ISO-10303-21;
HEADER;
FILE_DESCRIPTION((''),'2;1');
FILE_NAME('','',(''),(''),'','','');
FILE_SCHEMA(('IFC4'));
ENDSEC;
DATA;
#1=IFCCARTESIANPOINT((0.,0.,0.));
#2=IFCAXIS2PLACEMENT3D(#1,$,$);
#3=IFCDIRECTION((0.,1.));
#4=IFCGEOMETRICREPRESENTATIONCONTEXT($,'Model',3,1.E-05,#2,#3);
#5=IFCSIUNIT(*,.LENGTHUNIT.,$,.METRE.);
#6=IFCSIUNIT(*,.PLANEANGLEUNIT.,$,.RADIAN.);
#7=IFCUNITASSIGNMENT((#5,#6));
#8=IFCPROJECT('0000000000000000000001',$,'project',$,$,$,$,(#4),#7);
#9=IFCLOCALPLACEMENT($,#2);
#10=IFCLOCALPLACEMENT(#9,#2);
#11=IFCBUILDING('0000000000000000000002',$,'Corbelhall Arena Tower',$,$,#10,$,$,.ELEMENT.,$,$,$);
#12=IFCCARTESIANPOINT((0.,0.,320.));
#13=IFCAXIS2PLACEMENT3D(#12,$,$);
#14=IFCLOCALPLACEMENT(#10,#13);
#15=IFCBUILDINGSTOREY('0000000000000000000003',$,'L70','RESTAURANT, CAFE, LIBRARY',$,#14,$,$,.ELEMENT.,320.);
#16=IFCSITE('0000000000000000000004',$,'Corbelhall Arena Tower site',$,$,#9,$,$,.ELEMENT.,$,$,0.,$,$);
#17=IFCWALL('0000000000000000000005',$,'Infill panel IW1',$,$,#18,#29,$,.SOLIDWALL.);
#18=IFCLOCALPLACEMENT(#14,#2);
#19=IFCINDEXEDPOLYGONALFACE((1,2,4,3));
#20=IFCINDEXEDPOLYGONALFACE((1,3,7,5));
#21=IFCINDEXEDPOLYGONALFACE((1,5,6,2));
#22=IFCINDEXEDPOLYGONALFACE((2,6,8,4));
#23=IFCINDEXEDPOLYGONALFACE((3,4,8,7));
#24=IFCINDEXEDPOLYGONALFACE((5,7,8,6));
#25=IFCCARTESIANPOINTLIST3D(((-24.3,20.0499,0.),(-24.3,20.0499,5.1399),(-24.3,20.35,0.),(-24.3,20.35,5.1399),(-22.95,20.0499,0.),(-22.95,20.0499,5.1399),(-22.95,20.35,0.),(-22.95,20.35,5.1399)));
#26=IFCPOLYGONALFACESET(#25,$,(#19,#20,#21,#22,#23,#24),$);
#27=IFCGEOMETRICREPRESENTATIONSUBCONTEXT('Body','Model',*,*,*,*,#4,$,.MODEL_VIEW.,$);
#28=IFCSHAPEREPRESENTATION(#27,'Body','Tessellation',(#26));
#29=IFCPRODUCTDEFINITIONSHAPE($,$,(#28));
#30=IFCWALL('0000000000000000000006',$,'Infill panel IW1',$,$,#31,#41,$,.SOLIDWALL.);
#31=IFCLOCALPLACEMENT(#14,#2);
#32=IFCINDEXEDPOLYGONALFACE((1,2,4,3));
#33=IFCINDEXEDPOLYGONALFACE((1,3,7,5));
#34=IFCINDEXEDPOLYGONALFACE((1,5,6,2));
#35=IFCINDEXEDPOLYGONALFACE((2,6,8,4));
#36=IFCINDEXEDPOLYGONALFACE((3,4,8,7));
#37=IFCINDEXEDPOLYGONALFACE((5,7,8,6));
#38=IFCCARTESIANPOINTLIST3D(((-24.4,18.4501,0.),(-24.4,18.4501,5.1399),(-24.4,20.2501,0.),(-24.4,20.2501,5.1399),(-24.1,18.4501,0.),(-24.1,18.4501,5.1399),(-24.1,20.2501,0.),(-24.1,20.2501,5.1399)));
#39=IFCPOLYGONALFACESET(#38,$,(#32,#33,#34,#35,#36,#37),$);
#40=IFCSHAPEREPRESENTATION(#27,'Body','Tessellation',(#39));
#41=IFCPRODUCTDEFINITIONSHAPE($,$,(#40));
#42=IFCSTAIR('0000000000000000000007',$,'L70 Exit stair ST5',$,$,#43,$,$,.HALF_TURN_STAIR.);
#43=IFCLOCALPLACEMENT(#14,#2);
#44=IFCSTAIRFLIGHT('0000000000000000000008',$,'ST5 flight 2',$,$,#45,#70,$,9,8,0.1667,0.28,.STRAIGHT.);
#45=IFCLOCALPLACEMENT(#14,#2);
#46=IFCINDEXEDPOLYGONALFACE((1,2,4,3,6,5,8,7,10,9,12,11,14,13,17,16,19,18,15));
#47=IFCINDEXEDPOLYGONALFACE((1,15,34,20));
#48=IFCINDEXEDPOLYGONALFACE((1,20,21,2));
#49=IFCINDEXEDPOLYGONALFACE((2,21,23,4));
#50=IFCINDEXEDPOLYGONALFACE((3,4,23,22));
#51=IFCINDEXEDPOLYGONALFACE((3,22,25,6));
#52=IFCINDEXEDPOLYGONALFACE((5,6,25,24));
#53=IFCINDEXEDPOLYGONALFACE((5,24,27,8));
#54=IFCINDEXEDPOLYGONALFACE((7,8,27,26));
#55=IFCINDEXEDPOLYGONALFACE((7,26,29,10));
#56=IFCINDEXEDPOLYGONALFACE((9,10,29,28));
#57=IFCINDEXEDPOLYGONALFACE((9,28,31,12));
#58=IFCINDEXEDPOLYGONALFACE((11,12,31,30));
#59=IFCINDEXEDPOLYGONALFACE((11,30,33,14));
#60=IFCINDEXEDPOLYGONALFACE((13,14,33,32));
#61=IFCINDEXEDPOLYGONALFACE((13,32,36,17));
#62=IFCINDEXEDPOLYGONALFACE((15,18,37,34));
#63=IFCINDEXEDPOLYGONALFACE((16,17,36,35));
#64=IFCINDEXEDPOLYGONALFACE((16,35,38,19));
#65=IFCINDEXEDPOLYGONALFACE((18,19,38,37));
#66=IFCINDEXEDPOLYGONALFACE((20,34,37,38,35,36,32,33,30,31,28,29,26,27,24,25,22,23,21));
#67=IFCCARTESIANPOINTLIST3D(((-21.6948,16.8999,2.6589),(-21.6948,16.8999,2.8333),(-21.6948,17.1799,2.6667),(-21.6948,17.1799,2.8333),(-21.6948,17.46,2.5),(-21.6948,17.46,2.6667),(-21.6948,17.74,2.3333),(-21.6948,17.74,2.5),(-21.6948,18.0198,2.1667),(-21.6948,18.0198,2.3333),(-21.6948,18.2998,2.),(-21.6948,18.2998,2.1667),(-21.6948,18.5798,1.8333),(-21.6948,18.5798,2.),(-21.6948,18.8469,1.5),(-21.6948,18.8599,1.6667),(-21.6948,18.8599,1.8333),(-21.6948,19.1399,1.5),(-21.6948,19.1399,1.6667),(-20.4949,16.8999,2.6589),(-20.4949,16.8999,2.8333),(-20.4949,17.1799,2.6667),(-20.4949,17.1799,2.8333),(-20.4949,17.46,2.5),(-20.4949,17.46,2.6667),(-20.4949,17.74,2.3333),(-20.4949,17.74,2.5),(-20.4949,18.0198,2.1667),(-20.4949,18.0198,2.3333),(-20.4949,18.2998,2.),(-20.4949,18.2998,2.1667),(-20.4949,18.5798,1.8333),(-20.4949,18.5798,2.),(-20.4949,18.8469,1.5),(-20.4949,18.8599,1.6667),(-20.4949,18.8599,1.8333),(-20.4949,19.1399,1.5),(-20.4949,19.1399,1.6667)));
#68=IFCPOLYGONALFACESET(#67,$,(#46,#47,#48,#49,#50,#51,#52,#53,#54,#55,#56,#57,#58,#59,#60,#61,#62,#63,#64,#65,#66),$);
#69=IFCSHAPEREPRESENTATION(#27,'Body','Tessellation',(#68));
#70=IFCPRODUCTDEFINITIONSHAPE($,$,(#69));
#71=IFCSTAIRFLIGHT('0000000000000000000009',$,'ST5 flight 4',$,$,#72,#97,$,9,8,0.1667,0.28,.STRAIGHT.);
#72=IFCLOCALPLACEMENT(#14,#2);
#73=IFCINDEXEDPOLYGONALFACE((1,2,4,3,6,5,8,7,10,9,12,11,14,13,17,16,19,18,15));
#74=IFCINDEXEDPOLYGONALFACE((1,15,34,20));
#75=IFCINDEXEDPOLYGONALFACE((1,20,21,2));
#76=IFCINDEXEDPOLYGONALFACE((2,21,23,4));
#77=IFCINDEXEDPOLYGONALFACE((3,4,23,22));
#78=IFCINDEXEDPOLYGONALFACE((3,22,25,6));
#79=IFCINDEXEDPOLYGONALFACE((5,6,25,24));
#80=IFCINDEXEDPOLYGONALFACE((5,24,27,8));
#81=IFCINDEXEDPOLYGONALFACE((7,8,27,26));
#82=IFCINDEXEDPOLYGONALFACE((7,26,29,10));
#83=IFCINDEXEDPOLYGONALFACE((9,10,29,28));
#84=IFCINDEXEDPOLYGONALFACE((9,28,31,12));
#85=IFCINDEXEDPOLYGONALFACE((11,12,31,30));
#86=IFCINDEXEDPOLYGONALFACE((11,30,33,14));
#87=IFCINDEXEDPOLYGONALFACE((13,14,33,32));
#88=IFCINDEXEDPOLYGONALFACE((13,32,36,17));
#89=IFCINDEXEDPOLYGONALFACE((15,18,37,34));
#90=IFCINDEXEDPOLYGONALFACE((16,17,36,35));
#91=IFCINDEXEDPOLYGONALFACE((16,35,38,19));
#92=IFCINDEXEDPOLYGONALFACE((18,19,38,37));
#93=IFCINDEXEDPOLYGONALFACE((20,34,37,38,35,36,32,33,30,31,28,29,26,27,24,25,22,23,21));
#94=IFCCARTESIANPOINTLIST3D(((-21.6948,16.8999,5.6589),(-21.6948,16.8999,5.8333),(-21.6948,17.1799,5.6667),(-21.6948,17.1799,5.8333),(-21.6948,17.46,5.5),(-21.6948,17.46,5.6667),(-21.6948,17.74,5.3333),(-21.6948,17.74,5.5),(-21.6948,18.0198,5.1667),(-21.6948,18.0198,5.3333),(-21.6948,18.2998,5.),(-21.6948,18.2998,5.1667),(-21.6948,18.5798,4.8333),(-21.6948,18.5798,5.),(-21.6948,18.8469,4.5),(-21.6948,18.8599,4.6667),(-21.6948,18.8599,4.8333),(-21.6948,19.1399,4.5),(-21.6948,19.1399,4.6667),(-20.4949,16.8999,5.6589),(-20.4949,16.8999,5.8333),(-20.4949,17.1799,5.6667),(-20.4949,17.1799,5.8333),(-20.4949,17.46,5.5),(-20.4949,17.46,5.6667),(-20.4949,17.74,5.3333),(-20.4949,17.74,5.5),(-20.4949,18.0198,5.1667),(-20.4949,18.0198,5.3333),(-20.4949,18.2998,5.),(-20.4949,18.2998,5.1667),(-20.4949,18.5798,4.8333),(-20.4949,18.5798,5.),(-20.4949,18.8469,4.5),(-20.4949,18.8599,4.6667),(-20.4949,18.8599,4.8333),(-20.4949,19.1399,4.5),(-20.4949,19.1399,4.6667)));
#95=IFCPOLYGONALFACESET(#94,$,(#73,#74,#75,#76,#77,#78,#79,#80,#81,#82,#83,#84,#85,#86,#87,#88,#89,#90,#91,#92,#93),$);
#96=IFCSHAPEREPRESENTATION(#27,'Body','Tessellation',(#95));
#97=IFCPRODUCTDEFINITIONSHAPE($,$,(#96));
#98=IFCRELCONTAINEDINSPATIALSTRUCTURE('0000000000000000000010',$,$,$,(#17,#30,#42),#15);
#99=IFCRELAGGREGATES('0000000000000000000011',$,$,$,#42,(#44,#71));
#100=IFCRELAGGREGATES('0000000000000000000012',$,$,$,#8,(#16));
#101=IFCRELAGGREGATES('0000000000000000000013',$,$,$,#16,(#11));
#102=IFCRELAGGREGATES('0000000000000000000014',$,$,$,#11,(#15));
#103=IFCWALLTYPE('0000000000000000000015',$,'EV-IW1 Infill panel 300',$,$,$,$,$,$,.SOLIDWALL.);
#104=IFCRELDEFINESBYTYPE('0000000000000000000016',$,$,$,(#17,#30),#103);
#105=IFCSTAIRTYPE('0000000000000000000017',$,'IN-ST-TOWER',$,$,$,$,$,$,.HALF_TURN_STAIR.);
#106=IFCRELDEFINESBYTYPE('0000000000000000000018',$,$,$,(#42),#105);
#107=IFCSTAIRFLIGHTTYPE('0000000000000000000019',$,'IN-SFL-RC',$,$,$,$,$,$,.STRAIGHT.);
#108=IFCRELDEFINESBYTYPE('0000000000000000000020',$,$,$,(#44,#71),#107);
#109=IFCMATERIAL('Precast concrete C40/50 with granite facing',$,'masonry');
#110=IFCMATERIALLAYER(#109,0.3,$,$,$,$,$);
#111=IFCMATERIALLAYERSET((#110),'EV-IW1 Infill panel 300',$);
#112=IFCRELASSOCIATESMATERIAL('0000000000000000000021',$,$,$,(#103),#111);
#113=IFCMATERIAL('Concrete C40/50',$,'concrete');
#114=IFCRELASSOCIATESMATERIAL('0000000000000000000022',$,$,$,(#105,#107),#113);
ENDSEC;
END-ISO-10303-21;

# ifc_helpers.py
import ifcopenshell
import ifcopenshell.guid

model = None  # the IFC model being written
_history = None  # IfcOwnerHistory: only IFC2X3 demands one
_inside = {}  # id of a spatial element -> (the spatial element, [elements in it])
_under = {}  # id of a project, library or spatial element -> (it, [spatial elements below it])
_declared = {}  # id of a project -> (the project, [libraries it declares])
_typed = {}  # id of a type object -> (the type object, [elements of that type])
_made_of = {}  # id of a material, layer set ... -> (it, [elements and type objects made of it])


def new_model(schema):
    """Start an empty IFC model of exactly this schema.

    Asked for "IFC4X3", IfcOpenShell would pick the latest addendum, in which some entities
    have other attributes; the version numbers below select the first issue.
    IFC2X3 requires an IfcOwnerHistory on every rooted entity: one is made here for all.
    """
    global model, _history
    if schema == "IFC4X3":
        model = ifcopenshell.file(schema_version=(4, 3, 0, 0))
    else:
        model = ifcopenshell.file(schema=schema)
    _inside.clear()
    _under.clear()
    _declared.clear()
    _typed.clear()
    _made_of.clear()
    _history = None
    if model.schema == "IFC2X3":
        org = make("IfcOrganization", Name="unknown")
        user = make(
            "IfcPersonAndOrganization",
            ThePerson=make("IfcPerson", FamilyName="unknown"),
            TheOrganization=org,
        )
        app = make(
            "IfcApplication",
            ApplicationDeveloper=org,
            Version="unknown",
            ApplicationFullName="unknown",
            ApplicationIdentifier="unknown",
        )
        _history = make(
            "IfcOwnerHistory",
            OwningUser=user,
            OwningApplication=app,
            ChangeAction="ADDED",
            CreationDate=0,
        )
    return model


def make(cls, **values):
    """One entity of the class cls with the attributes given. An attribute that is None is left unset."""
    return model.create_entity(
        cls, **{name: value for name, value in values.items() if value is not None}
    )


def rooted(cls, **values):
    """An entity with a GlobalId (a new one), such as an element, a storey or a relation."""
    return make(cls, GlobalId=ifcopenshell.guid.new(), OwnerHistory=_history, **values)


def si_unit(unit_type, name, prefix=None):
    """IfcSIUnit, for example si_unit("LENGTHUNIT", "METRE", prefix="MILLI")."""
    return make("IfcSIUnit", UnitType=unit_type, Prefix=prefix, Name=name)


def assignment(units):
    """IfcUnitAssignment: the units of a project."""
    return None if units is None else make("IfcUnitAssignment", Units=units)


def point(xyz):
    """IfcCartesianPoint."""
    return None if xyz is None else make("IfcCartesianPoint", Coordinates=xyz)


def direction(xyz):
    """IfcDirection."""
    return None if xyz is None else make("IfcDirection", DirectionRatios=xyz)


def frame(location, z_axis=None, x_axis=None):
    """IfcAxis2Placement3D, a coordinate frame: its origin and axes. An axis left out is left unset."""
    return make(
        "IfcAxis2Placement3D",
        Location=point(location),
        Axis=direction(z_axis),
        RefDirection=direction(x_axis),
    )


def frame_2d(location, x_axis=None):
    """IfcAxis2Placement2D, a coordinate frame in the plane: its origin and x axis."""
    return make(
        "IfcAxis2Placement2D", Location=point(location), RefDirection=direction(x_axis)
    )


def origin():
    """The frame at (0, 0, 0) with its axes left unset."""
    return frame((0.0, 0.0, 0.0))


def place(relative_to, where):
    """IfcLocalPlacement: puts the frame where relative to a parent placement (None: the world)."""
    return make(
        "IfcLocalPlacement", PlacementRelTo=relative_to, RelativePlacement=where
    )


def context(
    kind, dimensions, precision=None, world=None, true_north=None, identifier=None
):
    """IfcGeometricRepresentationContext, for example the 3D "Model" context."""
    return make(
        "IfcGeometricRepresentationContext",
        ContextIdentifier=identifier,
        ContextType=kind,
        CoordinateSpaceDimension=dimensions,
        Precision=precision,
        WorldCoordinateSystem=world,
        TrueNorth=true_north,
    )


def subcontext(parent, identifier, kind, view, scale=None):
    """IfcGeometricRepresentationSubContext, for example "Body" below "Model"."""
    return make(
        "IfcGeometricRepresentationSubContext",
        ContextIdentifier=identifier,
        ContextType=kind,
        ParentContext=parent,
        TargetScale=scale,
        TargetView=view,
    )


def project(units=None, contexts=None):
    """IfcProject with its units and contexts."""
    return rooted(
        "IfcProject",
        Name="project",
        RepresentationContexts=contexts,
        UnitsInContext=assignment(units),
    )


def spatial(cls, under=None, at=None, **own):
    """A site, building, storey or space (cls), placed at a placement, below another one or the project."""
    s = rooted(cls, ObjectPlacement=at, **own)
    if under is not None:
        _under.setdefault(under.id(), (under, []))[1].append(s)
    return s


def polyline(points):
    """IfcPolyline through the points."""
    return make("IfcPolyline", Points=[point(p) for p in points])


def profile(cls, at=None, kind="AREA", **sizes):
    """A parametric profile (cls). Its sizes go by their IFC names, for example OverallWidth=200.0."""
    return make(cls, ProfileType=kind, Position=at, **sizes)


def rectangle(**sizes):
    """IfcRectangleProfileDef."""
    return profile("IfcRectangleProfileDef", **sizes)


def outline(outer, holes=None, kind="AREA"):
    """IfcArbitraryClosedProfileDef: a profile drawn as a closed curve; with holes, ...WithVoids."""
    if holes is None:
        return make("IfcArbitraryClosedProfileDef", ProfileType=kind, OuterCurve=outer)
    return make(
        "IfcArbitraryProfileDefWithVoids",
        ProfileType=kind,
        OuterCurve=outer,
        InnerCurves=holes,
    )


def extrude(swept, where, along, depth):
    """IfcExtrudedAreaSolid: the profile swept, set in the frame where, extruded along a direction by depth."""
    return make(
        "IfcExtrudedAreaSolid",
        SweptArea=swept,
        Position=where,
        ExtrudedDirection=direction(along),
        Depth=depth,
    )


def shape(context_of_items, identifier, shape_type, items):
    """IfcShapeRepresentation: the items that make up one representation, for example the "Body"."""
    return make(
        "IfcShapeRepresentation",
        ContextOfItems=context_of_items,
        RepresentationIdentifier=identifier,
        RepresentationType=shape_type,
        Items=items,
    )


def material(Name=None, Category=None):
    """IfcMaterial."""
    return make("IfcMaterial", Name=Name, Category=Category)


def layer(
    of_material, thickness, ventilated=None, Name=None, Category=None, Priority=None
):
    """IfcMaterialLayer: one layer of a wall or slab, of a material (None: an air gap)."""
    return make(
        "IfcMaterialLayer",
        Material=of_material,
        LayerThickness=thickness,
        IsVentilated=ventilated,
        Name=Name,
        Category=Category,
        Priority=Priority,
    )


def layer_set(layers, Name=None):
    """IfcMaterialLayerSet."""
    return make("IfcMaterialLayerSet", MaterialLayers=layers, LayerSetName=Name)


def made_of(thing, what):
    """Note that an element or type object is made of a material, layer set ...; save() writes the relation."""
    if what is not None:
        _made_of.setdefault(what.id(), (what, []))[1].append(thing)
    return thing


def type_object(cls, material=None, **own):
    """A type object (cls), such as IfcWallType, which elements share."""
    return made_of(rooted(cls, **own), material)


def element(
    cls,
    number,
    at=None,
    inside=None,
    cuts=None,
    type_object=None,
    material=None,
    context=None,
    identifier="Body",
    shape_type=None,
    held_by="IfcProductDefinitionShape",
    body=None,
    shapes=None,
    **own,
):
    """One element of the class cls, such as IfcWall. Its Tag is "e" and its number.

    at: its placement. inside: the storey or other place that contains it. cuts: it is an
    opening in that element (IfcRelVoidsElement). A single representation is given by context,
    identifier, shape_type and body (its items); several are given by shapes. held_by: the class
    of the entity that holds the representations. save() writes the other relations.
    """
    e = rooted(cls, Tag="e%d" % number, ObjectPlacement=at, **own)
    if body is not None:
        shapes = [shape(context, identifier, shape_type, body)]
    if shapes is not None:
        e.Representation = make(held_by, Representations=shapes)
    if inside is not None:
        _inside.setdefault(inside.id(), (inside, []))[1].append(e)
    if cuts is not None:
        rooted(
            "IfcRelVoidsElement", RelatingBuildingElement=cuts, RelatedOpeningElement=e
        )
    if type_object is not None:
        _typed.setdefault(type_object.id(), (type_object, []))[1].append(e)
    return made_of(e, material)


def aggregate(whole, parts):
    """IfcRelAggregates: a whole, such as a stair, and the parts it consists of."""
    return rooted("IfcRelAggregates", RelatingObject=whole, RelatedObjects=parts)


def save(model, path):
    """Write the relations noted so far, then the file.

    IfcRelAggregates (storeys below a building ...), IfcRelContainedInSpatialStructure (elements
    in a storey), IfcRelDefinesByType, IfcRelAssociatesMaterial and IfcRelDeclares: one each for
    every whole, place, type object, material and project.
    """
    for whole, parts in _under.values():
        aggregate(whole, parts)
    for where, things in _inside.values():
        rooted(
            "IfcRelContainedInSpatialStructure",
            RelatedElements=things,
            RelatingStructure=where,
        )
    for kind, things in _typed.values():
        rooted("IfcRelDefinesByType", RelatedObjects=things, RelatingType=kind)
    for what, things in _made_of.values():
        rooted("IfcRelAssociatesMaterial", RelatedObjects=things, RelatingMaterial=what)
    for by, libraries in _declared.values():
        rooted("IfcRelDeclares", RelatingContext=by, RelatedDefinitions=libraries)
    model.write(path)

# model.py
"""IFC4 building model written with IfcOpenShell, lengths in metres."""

from ifc_helpers import new_model, si_unit, direction, frame, frame_2d, origin, place, context, subcontext, project, spatial, polyline, rectangle, outline, extrude, material, layer, layer_set, type_object, element, aggregate, save


model = new_model("IFC4")

# Units and contexts
model_context = context("Model", 3, precision=1e-05, world=origin(), true_north=direction((0.0, 1.0)))
body_context = subcontext(model_context, "Body", "Model", "MODEL_VIEW")
ifc_project = project(units=[si_unit("LENGTHUNIT", "METRE"), si_unit("PLANEANGLEUNIT", "RADIAN")], contexts=[model_context])

# Site, building, storey
site_placement = place(None, origin())
site = spatial("IfcSite", under=ifc_project, at=site_placement, Name="Corbelhall Arena Tower site", CompositionType="ELEMENT", RefElevation=0.0)
building_placement = place(site_placement, origin())
building = spatial("IfcBuilding", under=site, at=building_placement, Name="Corbelhall Arena Tower", CompositionType="ELEMENT")
storey_placement = place(building_placement, frame((0.0, 0.0, 320.0)))
storey = spatial("IfcBuildingStorey", under=building, at=storey_placement, Name="L70", Description="RESTAURANT, CAFE, LIBRARY", CompositionType="ELEMENT", Elevation=320.0)

# Walls
ifc_material_1 = material(Name="Precast concrete C40/50 with granite facing", Category="masonry")
ifc_layer_1 = layer(ifc_material_1, 0.3)
ifc_layer_set_1 = layer_set([ifc_layer_1], Name="EV-IW1 Infill panel 300")
wall_type_1 = type_object("IfcWallType", Name="EV-IW1 Infill panel 300", PredefinedType="SOLIDWALL", material=ifc_layer_set_1)
wall_1_placement = place(storey_placement, frame((-22.95, 20.2, 0.0), z_axis=(0.0, 0.0, 1.0), x_axis=(-1.0, 0.0, 0.0)))
element("IfcWall", 1, at=wall_1_placement, inside=storey, type_object=wall_type_1, Name="Infill panel IW1", PredefinedType="SOLIDWALL", context=body_context, shape_type="SweptSolid", body=[
    extrude(rectangle(XDim=1.3501, YDim=0.3, at=frame_2d((0.675, 0.0))), origin(), (0.0, 0.0, 1.0), 5.1399),
])
wall_2_placement = place(storey_placement, frame((-24.25, 20.25, 0.0), z_axis=(0.0, 0.0, 1.0), x_axis=(0.0, -1.0, 0.0)))
element("IfcWall", 2, at=wall_2_placement, inside=storey, type_object=wall_type_1, Name="Infill panel IW1", PredefinedType="SOLIDWALL", context=body_context, shape_type="SweptSolid", body=[
    extrude(rectangle(XDim=1.8, YDim=0.3, at=frame_2d((0.8999, 0.0))), origin(), (0.0, 0.0, 1.0), 5.1399),
])

# Shared definitions
ifc_material_2 = material(Name="Concrete C40/50", Category="concrete")

# Stair, stair flights
stair_type = type_object("IfcStairType", Name="IN-ST-TOWER", PredefinedType="HALF_TURN_STAIR", material=ifc_material_2)
stair_placement = place(storey_placement, origin())
stair = element("IfcStair", 3, at=stair_placement, inside=storey, type_object=stair_type, Name="L70 Exit stair ST5", PredefinedType="HALF_TURN_STAIR")
stair_flight_type = type_object("IfcStairFlightType", Name="IN-SFL-RC", PredefinedType="STRAIGHT", material=ifc_material_2)
stair_flight_1_placement = place(storey_placement, frame((-21.095, 19.1399, 1.5), z_axis=(0.0, 0.0, 1.0), x_axis=(0.0, -1.0, 0.0)))
stair_flight_1 = element("IfcStairFlight", 4, at=stair_flight_1_placement, type_object=stair_flight_type, Name="ST5 flight 2", NumberOfRisers=9, NumberOfTreads=8, PredefinedType="STRAIGHT", RiserHeight=0.1667, TreadLength=0.28, context=body_context, shape_type="SweptSolid", body=[
    extrude(outline(polyline([(0.0, 0.0), (0.0, 0.1667), (0.28, 0.1667), (0.28, 0.3333), (0.5601, 0.3333), (0.5601, 0.5), (0.8401, 0.5), (0.8401, 0.6667), (1.1201, 0.6667), (1.1201, 0.8333), (1.3999, 0.8333), (1.3999, 1.0), (1.6799, 1.0), (1.6799, 1.1667), (1.96, 1.1667), (1.96, 1.3333), (2.24, 1.3333), (2.24, 1.5), (2.24, 1.1589), (0.293, 0.0), (0.0, 0.0)])), frame((0.0, 0.6001, 0.0), z_axis=(0.0, -1.0, 0.0), x_axis=(1.0, 0.0, 0.0)), (0.0, 0.0, 1.0), 1.2),
])
stair_flight_2_placement = place(storey_placement, frame((-21.095, 19.1399, 4.5), z_axis=(0.0, 0.0, 1.0), x_axis=(0.0, -1.0, 0.0)))
stair_flight_2 = element("IfcStairFlight", 5, at=stair_flight_2_placement, type_object=stair_flight_type, Name="ST5 flight 4", NumberOfRisers=9, NumberOfTreads=8, PredefinedType="STRAIGHT", RiserHeight=0.1667, TreadLength=0.28, context=body_context, shape_type="SweptSolid", body=[
    extrude(outline(polyline([(0.0, 0.0), (0.0, 0.1667), (0.28, 0.1667), (0.28, 0.3333), (0.5601, 0.3333), (0.5601, 0.5), (0.8401, 0.5), (0.8401, 0.6667), (1.1201, 0.6667), (1.1201, 0.8333), (1.3999, 0.8333), (1.3999, 1.0), (1.6799, 1.0), (1.6799, 1.1667), (1.96, 1.1667), (1.96, 1.3333), (2.24, 1.3333), (2.24, 1.5), (2.24, 1.1589), (0.293, 0.0), (0.0, 0.0)])), frame((0.0, 0.6001, 0.0), z_axis=(0.0, -1.0, 0.0), x_axis=(1.0, 0.0, 0.0)), (0.0, 0.0, 1.0), 1.2),
])
aggregate(stair, [stair_flight_1, stair_flight_2])

save(model, "model.ifc")
